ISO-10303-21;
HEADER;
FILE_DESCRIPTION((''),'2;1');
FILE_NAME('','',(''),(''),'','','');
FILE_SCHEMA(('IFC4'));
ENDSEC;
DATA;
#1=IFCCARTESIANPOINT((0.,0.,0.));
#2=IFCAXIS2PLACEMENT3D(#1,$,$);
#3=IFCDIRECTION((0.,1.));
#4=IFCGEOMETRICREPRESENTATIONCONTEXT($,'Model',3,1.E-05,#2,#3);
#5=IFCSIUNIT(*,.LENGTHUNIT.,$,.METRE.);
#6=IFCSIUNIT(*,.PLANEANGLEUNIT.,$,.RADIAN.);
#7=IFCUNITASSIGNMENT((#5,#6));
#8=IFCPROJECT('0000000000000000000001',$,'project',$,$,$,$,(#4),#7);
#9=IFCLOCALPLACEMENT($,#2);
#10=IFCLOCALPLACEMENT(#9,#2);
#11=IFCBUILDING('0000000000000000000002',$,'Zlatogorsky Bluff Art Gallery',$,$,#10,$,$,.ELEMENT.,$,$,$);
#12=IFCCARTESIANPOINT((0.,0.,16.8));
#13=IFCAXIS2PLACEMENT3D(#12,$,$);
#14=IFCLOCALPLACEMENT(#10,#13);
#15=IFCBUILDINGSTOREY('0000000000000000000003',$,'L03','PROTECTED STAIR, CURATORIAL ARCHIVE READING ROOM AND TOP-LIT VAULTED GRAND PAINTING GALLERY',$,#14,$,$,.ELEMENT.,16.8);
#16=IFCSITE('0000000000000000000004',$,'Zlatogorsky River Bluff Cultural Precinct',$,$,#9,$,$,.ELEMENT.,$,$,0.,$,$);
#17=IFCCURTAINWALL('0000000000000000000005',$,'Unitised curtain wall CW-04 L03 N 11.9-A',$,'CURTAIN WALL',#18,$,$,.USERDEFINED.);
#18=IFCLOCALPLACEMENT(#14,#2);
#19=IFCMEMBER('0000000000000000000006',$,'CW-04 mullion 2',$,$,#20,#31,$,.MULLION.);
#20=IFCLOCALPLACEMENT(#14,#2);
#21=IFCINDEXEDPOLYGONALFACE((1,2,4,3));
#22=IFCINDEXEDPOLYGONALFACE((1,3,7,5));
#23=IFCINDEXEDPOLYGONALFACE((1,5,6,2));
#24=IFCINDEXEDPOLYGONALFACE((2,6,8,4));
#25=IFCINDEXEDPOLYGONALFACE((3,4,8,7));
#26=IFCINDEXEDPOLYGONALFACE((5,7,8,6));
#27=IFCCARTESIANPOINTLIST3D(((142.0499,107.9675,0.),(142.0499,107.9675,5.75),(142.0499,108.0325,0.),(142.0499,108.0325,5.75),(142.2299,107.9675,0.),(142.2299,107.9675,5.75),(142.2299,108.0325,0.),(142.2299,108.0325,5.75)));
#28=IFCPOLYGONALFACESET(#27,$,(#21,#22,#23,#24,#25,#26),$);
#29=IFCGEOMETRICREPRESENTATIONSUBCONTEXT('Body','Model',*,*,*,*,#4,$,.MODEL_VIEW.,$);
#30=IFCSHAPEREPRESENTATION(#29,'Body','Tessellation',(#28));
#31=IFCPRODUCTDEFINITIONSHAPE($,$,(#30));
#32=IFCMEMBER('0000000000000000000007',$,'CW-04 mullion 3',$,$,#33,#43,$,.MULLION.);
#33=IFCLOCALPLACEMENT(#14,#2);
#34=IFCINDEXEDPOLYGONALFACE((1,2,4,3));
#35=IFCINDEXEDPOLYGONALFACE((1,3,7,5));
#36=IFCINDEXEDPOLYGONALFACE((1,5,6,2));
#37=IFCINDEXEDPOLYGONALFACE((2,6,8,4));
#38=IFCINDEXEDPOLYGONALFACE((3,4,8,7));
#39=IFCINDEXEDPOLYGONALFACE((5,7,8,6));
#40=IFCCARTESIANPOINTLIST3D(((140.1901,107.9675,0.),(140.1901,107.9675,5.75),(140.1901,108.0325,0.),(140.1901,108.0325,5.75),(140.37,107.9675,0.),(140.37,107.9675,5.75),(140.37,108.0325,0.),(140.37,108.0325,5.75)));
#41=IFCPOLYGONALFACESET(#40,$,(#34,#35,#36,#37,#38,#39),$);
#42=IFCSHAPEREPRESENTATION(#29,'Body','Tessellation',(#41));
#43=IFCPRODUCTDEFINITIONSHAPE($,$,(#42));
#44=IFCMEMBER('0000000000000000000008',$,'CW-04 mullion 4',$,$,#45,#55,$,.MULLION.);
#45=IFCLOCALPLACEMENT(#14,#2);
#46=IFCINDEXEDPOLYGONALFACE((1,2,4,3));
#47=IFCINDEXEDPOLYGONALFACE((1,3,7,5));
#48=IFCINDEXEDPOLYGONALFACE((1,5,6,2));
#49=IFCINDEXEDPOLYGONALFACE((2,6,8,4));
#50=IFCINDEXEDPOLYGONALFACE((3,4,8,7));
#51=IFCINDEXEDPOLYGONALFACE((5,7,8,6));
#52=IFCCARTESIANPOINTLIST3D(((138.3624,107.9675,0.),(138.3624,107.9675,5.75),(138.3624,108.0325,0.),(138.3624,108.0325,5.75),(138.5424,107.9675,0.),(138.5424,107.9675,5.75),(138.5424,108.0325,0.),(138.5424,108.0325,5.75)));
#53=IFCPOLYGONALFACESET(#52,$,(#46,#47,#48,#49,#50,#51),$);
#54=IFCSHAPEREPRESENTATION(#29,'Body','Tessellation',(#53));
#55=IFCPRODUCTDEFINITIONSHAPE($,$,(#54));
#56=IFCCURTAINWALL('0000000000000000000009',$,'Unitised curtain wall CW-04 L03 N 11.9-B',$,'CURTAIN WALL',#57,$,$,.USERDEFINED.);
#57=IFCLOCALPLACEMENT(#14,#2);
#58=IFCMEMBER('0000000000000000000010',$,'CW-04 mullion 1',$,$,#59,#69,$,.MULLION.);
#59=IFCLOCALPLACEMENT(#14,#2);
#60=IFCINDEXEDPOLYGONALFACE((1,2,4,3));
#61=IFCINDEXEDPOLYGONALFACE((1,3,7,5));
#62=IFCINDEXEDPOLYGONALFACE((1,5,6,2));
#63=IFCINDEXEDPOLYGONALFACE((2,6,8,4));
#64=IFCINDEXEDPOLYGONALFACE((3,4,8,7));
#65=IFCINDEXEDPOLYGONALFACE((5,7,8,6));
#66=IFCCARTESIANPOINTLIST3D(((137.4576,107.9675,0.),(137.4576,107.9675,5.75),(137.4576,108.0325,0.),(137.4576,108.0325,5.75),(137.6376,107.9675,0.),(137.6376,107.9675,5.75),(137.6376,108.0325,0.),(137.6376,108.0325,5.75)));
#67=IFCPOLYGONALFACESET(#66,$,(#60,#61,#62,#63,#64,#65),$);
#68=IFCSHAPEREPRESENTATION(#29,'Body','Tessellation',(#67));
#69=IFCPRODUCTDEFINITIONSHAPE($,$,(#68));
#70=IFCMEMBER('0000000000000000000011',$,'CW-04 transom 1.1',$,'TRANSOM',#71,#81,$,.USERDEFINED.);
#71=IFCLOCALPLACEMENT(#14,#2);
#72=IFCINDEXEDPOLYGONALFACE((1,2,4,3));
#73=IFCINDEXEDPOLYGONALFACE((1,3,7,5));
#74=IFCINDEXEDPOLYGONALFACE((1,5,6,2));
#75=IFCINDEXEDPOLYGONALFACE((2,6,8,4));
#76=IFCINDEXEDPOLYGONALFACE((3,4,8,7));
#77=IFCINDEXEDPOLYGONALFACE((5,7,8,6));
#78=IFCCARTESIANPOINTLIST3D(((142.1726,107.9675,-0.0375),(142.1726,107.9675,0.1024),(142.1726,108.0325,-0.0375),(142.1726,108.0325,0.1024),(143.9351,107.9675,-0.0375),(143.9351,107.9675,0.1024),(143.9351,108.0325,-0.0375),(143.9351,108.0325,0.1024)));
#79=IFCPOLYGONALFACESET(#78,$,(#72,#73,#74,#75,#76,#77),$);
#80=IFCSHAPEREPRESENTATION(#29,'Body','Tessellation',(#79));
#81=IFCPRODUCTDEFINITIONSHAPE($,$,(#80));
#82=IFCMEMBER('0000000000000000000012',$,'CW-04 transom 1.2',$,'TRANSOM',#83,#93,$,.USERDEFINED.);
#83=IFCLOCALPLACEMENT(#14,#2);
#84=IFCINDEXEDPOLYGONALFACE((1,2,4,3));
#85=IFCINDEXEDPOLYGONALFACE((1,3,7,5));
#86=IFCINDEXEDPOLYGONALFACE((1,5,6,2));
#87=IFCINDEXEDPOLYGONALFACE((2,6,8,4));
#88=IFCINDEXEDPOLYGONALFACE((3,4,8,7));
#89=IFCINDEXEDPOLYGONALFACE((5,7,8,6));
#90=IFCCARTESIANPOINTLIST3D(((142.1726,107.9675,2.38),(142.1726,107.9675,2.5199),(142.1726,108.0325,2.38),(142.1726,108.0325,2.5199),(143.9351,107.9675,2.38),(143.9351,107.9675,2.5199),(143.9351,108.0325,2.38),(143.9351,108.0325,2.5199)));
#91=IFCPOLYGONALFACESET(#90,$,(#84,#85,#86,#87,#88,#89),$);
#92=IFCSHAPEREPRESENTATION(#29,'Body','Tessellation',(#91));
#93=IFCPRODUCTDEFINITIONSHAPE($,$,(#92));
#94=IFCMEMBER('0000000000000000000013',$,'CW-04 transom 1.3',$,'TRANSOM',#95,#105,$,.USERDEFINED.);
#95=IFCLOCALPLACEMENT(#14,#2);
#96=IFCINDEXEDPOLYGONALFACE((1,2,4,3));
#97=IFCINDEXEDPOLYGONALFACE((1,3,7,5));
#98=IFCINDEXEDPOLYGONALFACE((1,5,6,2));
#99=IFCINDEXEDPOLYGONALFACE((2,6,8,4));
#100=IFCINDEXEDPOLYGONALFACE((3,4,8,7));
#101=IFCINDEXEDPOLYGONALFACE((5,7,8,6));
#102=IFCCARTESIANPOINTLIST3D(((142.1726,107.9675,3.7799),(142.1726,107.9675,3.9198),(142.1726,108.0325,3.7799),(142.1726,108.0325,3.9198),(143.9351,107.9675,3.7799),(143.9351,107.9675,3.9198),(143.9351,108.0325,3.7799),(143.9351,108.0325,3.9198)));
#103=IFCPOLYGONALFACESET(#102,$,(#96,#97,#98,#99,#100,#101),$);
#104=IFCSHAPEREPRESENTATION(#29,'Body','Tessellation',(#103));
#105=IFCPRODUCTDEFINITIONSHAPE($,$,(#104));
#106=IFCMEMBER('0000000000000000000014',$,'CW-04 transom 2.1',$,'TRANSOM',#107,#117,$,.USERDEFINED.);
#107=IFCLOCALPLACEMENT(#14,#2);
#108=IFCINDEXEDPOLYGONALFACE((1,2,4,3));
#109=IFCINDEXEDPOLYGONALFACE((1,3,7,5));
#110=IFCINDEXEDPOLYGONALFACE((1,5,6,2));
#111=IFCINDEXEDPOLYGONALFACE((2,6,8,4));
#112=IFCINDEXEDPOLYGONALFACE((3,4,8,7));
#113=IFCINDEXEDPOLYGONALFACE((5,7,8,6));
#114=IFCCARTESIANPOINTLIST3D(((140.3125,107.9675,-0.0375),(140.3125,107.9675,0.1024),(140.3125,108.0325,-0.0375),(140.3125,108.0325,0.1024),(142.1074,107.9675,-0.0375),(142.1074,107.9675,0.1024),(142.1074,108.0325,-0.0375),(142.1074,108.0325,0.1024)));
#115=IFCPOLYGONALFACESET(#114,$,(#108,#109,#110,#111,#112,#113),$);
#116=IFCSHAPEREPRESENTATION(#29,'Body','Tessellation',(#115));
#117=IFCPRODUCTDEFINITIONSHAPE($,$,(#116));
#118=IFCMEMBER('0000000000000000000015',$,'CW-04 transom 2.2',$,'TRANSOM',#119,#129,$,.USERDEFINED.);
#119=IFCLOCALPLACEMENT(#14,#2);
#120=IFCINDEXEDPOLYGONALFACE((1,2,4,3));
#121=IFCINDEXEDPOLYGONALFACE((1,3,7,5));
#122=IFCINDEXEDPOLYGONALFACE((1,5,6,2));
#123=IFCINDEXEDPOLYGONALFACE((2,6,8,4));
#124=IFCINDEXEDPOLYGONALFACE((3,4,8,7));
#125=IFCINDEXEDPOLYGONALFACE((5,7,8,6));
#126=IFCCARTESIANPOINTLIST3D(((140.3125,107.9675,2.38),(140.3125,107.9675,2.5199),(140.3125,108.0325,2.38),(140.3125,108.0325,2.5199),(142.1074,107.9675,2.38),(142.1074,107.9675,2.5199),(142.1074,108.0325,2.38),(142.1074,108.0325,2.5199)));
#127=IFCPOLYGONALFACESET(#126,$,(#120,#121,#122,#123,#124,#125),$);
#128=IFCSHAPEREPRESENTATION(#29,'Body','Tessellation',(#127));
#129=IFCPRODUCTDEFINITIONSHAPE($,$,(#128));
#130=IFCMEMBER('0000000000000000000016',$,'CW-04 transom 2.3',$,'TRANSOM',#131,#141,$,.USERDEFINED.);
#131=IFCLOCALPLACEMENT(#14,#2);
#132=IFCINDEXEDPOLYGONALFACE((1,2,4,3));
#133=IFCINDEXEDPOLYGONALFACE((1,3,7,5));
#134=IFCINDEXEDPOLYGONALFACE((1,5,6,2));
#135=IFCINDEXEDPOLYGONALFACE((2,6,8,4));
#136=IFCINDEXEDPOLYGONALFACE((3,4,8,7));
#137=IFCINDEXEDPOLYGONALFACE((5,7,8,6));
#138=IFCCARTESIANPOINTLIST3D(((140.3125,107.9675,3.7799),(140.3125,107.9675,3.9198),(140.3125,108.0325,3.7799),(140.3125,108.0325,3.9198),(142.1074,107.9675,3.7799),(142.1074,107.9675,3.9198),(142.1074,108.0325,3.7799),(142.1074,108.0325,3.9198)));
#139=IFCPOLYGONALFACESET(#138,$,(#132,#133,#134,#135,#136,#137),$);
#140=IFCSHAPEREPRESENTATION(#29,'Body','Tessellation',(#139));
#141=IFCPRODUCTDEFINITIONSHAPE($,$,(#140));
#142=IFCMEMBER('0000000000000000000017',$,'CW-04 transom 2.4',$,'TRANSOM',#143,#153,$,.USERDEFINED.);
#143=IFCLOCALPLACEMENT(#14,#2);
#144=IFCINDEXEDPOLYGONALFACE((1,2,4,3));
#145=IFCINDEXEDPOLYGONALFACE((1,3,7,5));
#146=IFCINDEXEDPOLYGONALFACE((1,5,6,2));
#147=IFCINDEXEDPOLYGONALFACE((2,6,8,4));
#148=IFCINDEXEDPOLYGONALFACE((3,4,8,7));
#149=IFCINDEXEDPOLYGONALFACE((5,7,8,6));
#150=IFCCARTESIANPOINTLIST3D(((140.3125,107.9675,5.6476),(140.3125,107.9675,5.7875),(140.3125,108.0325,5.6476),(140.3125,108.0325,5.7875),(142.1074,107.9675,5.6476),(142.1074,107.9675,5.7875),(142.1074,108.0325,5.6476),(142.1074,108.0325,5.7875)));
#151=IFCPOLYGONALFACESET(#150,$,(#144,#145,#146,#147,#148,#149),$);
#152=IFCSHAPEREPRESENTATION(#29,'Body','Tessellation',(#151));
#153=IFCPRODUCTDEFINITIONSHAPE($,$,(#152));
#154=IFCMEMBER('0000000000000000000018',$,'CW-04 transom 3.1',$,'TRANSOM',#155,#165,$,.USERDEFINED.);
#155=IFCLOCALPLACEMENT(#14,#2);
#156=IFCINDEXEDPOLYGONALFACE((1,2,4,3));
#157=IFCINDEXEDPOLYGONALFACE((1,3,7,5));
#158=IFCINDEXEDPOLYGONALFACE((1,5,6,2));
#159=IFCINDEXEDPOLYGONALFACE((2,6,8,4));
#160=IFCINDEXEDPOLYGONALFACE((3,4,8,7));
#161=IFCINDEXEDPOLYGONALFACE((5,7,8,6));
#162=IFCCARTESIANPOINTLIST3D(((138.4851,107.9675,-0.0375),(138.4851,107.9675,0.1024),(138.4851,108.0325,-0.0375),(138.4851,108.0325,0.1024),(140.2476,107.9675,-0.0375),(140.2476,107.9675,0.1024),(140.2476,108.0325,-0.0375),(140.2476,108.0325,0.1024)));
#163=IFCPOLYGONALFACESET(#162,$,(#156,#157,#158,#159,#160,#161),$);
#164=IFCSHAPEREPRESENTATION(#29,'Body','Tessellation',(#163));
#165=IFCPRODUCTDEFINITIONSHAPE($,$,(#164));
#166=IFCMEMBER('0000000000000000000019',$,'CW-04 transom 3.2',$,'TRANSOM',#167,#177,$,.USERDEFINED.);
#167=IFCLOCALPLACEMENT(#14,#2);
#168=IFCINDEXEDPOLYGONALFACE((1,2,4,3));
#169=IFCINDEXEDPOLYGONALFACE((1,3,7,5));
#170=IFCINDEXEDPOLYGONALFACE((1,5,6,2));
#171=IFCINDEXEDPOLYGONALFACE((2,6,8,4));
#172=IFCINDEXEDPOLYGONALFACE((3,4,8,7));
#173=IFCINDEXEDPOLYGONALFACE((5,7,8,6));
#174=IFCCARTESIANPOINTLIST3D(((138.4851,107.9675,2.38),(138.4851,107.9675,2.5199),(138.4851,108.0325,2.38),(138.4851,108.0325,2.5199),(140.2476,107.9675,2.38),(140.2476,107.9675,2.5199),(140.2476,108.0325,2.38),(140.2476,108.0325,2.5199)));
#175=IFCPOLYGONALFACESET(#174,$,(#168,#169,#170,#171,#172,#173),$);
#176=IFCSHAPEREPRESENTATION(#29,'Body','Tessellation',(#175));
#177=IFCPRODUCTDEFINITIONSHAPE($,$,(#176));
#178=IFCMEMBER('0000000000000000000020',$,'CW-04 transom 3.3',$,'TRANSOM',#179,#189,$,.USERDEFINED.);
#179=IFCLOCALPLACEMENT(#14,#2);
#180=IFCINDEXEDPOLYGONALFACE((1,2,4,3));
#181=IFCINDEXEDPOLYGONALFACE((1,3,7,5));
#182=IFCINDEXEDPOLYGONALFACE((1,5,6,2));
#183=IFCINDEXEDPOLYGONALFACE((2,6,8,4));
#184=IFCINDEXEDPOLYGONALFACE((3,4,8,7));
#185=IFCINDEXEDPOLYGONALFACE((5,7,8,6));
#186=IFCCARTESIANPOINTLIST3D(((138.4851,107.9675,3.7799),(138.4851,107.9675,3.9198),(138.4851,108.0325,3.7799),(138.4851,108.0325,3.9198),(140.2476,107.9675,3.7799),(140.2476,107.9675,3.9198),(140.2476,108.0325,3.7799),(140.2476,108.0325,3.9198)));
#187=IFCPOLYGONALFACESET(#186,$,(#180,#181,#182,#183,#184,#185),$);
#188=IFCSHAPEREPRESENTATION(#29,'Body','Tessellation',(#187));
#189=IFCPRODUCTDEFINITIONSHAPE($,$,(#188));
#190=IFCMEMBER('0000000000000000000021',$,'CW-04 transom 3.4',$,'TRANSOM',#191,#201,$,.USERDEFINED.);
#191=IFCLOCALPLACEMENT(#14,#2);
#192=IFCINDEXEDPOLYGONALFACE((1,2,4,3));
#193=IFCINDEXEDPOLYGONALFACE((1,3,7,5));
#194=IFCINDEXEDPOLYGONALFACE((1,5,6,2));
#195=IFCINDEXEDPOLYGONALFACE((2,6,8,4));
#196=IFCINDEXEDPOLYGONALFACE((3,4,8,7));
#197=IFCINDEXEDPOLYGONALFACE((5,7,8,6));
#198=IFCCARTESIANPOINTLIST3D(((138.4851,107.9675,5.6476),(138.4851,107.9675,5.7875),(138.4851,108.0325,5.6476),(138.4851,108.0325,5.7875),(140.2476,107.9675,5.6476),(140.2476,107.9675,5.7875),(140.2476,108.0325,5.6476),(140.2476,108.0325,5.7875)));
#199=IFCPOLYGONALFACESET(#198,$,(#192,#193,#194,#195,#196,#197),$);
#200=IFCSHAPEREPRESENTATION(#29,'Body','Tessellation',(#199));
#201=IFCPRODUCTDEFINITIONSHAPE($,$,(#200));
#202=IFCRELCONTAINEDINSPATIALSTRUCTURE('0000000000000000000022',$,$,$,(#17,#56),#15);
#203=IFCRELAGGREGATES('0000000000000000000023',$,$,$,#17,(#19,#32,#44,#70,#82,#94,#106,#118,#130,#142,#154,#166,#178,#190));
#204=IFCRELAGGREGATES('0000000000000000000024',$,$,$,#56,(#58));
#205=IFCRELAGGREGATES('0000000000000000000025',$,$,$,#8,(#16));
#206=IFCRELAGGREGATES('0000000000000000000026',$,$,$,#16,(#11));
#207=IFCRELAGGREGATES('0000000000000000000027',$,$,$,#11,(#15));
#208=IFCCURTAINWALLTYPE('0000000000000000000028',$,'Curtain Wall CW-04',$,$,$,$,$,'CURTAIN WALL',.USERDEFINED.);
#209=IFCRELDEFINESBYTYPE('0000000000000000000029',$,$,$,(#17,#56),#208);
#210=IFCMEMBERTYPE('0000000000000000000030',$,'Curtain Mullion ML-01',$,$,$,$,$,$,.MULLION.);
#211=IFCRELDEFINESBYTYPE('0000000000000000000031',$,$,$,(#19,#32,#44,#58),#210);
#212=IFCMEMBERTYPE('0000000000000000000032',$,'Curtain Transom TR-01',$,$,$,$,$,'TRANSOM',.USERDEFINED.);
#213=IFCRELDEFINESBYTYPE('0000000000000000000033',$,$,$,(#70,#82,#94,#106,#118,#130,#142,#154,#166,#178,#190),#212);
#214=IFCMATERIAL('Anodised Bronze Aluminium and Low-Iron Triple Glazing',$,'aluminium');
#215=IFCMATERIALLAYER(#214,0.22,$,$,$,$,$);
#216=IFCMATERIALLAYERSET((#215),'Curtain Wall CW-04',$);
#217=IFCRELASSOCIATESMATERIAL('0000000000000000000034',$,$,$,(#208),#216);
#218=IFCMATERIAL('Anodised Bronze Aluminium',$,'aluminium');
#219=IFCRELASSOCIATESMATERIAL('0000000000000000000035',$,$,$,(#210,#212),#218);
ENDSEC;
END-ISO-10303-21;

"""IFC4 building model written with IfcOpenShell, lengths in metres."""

from ifc_helpers import new_model, si_unit, direction, frame, origin, origin_2d, place, context, subcontext, project, spatial, rectangle, extrude, material, layer, layer_set, material_profile, profile_set, type_object, element, aggregate, save


model = new_model("IFC4")

# Units and contexts
model_context = context("Model", 3, precision=1e-05, world=origin(), true_north=direction((0.0, 1.0)))
body_context = subcontext(model_context, "Body", "Model", "MODEL_VIEW")
ifc_project = project(units=[si_unit("LENGTHUNIT", "METRE"), si_unit("PLANEANGLEUNIT", "RADIAN")], contexts=[model_context])

# Site, building, storey
site_placement = place(None, origin())
site = spatial("IfcSite", under=ifc_project, at=site_placement, Name="Zlatogorsky River Bluff Cultural Precinct", CompositionType="ELEMENT", RefElevation=0.0)
building_placement = place(site_placement, origin())
building = spatial("IfcBuilding", under=site, at=building_placement, Name="Zlatogorsky Bluff Art Gallery", CompositionType="ELEMENT")
storey_placement = place(building_placement, frame((0.0, 0.0, 16.8)))
storey = spatial("IfcBuildingStorey", under=building, at=storey_placement, Name="L03", Description="PROTECTED STAIR, CURATORIAL ARCHIVE READING ROOM AND TOP-LIT VAULTED GRAND PAINTING GALLERY", CompositionType="ELEMENT", Elevation=16.8)

# Curtain wall, members
ifc_material_1 = material(Name="Anodised Bronze Aluminium and Low-Iron Triple Glazing", Category="aluminium")
ifc_layer_1 = layer(ifc_material_1, 0.22)
ifc_layer_set_1 = layer_set([ifc_layer_1], Name="Curtain Wall CW-04")
curtain_wall_type = type_object("IfcCurtainWallType", Name="Curtain Wall CW-04", ElementType="CURTAIN WALL", PredefinedType="USERDEFINED", material=ifc_layer_set_1)
curtain_wall_1_placement = place(storey_placement, origin())
curtain_wall_1 = element("IfcCurtainWall", 1, at=curtain_wall_1_placement, inside=storey, type_object=curtain_wall_type, Name="Unitised curtain wall CW-04 L03 N 11.9-A", ObjectType="CURTAIN WALL", PredefinedType="USERDEFINED")
ifc_material_2 = material(Name="Anodised Bronze Aluminium", Category="aluminium")
ifc_material_profile_1 = material_profile(ifc_material_2, rectangle(XDim=0.0649, YDim=0.1799, at=origin_2d()), Name="ALU MULLION 65x180")
ifc_profile_set_1 = profile_set([ifc_material_profile_1], Name="Anodised Bronze Aluminium")
member_type_1 = type_object("IfcMemberType", Name="Curtain Mullion ML-01", PredefinedType="MULLION", material=ifc_profile_set_1)
member_1_placement = place(storey_placement, frame((142.1399, 108.0, 0.0), z_axis=(0.0, 0.0, 1.0), x_axis=(0.0, -1.0, 0.0)))
member_1 = element("IfcMember", 2, at=member_1_placement, type_object=member_type_1, Name="CW-04 mullion 2", PredefinedType="MULLION", context=body_context, shape_type="SweptSolid", body=[
    extrude(rectangle(XDim=0.0649, YDim=0.1799, at=origin_2d()), origin(), (0.0, 0.0, 1.0), 5.75),
])
member_2_placement = place(storey_placement, frame((140.28, 108.0, 0.0), z_axis=(0.0, 0.0, 1.0), x_axis=(0.0, -1.0, 0.0)))
member_2 = element("IfcMember", 3, at=member_2_placement, type_object=member_type_1, Name="CW-04 mullion 3", PredefinedType="MULLION", context=body_context, shape_type="SweptSolid", body=[
    extrude(rectangle(XDim=0.0649, YDim=0.1799, at=origin_2d()), origin(), (0.0, 0.0, 1.0), 5.75),
])
member_3_placement = place(storey_placement, frame((138.4524, 108.0, 0.0), z_axis=(0.0, 0.0, 1.0), x_axis=(0.0, -1.0, 0.0)))
member_3 = element("IfcMember", 4, at=member_3_placement, type_object=member_type_1, Name="CW-04 mullion 4", PredefinedType="MULLION", context=body_context, shape_type="SweptSolid", body=[
    extrude(rectangle(XDim=0.0649, YDim=0.1799, at=origin_2d()), origin(), (0.0, 0.0, 1.0), 5.75),
])

# Curtain wall, member
curtain_wall_2_placement = place(storey_placement, origin())
curtain_wall_2 = element("IfcCurtainWall", 5, at=curtain_wall_2_placement, inside=storey, type_object=curtain_wall_type, Name="Unitised curtain wall CW-04 L03 N 11.9-B", ObjectType="CURTAIN WALL", PredefinedType="USERDEFINED")
member_4_placement = place(storey_placement, frame((137.5476, 108.0, 0.0), z_axis=(0.0, 0.0, 1.0), x_axis=(0.0, -1.0, 0.0)))
member_4 = element("IfcMember", 6, at=member_4_placement, type_object=member_type_1, Name="CW-04 mullion 1", PredefinedType="MULLION", context=body_context, shape_type="SweptSolid", body=[
    extrude(rectangle(XDim=0.0649, YDim=0.1799, at=origin_2d()), origin(), (0.0, 0.0, 1.0), 5.75),
])

# Members
ifc_material_profile_2 = material_profile(ifc_material_2, rectangle(XDim=0.0649, YDim=0.1399, at=origin_2d()), Name="ALU TRANSOM 65x140")
ifc_profile_set_2 = profile_set([ifc_material_profile_2], Name="Anodised Bronze Aluminium")
member_type_2 = type_object("IfcMemberType", Name="Curtain Transom TR-01", ElementType="TRANSOM", PredefinedType="USERDEFINED", material=ifc_profile_set_2)
member_5_placement = place(storey_placement, frame((143.9351, 108.0, 0.0325), z_axis=(-1.0, 0.0, 0.0), x_axis=(0.0, -1.0, 0.0)))
member_5 = element("IfcMember", 7, at=member_5_placement, type_object=member_type_2, Name="CW-04 transom 1.1", ObjectType="TRANSOM", PredefinedType="USERDEFINED", context=body_context, shape_type="SweptSolid", body=[
    extrude(rectangle(XDim=0.0649, YDim=0.1399, at=origin_2d()), origin(), (0.0, 0.0, 1.0), 1.7625),
])
member_6_placement = place(storey_placement, frame((143.9351, 108.0, 2.45), z_axis=(-1.0, 0.0, 0.0), x_axis=(0.0, -1.0, 0.0)))
member_6 = element("IfcMember", 8, at=member_6_placement, type_object=member_type_2, Name="CW-04 transom 1.2", ObjectType="TRANSOM", PredefinedType="USERDEFINED", context=body_context, shape_type="SweptSolid", body=[
    extrude(rectangle(XDim=0.0649, YDim=0.1399, at=origin_2d()), origin(), (0.0, 0.0, 1.0), 1.7625),
])
member_7_placement = place(storey_placement, frame((143.9351, 108.0, 3.8499), z_axis=(-1.0, 0.0, 0.0), x_axis=(0.0, -1.0, 0.0)))
member_7 = element("IfcMember", 9, at=member_7_placement, type_object=member_type_2, Name="CW-04 transom 1.3", ObjectType="TRANSOM", PredefinedType="USERDEFINED", context=body_context, shape_type="SweptSolid", body=[
    extrude(rectangle(XDim=0.0649, YDim=0.1399, at=origin_2d()), origin(), (0.0, 0.0, 1.0), 1.7625),
])
member_8_placement = place(storey_placement, frame((142.1074, 108.0, 0.0325), z_axis=(-1.0, 0.0, 0.0), x_axis=(0.0, -1.0, 0.0)))
member_8 = element("IfcMember", 10, at=member_8_placement, type_object=member_type_2, Name="CW-04 transom 2.1", ObjectType="TRANSOM", PredefinedType="USERDEFINED", context=body_context, shape_type="SweptSolid", body=[
    extrude(rectangle(XDim=0.0649, YDim=0.1399, at=origin_2d()), origin(), (0.0, 0.0, 1.0), 1.7949),
])
member_9_placement = place(storey_placement, frame((142.1074, 108.0, 2.45), z_axis=(-1.0, 0.0, 0.0), x_axis=(0.0, -1.0, 0.0)))
member_9 = element("IfcMember", 11, at=member_9_placement, type_object=member_type_2, Name="CW-04 transom 2.2", ObjectType="TRANSOM", PredefinedType="USERDEFINED", context=body_context, shape_type="SweptSolid", body=[
    extrude(rectangle(XDim=0.0649, YDim=0.1399, at=origin_2d()), origin(), (0.0, 0.0, 1.0), 1.7949),
])
member_10_placement = place(storey_placement, frame((142.1074, 108.0, 3.8499), z_axis=(-1.0, 0.0, 0.0), x_axis=(0.0, -1.0, 0.0)))
member_10 = element("IfcMember", 12, at=member_10_placement, type_object=member_type_2, Name="CW-04 transom 2.3", ObjectType="TRANSOM", PredefinedType="USERDEFINED", context=body_context, shape_type="SweptSolid", body=[
    extrude(rectangle(XDim=0.0649, YDim=0.1399, at=origin_2d()), origin(), (0.0, 0.0, 1.0), 1.7949),
])
member_11_placement = place(storey_placement, frame((142.1074, 108.0, 5.7175), z_axis=(-1.0, 0.0, 0.0), x_axis=(0.0, -1.0, 0.0)))
member_11 = element("IfcMember", 13, at=member_11_placement, type_object=member_type_2, Name="CW-04 transom 2.4", ObjectType="TRANSOM", PredefinedType="USERDEFINED", context=body_context, shape_type="SweptSolid", body=[
    extrude(rectangle(XDim=0.0649, YDim=0.1399, at=origin_2d()), origin(), (0.0, 0.0, 1.0), 1.7949),
])
member_12_placement = place(storey_placement, frame((140.2476, 108.0, 0.0325), z_axis=(-1.0, 0.0, 0.0), x_axis=(0.0, -1.0, 0.0)))
member_12 = element("IfcMember", 14, at=member_12_placement, type_object=member_type_2, Name="CW-04 transom 3.1", ObjectType="TRANSOM", PredefinedType="USERDEFINED", context=body_context, shape_type="SweptSolid", body=[
    extrude(rectangle(XDim=0.0649, YDim=0.1399, at=origin_2d()), origin(), (0.0, 0.0, 1.0), 1.7625),
])
member_13_placement = place(storey_placement, frame((140.2476, 108.0, 2.45), z_axis=(-1.0, 0.0, 0.0), x_axis=(0.0, -1.0, 0.0)))
member_13 = element("IfcMember", 15, at=member_13_placement, type_object=member_type_2, Name="CW-04 transom 3.2", ObjectType="TRANSOM", PredefinedType="USERDEFINED", context=body_context, shape_type="SweptSolid", body=[
    extrude(rectangle(XDim=0.0649, YDim=0.1399, at=origin_2d()), origin(), (0.0, 0.0, 1.0), 1.7625),
])
member_14_placement = place(storey_placement, frame((140.2476, 108.0, 3.8499), z_axis=(-1.0, 0.0, 0.0), x_axis=(0.0, -1.0, 0.0)))
member_14 = element("IfcMember", 16, at=member_14_placement, type_object=member_type_2, Name="CW-04 transom 3.3", ObjectType="TRANSOM", PredefinedType="USERDEFINED", context=body_context, shape_type="SweptSolid", body=[
    extrude(rectangle(XDim=0.0649, YDim=0.1399, at=origin_2d()), origin(), (0.0, 0.0, 1.0), 1.7625),
])
member_15_placement = place(storey_placement, frame((140.2476, 108.0, 5.7175), z_axis=(-1.0, 0.0, 0.0), x_axis=(0.0, -1.0, 0.0)))
member_15 = element("IfcMember", 17, at=member_15_placement, type_object=member_type_2, Name="CW-04 transom 3.4", ObjectType="TRANSOM", PredefinedType="USERDEFINED", context=body_context, shape_type="SweptSolid", body=[
    extrude(rectangle(XDim=0.0649, YDim=0.1399, at=origin_2d()), origin(), (0.0, 0.0, 1.0), 1.7625),
])

aggregate(curtain_wall_1, [member_1, member_2, member_3, member_5, member_6, member_7, member_8, member_9, member_10, member_11, member_12, member_13, member_14, member_15])
aggregate(curtain_wall_2, [member_4])

save(model, "model.ifc")
